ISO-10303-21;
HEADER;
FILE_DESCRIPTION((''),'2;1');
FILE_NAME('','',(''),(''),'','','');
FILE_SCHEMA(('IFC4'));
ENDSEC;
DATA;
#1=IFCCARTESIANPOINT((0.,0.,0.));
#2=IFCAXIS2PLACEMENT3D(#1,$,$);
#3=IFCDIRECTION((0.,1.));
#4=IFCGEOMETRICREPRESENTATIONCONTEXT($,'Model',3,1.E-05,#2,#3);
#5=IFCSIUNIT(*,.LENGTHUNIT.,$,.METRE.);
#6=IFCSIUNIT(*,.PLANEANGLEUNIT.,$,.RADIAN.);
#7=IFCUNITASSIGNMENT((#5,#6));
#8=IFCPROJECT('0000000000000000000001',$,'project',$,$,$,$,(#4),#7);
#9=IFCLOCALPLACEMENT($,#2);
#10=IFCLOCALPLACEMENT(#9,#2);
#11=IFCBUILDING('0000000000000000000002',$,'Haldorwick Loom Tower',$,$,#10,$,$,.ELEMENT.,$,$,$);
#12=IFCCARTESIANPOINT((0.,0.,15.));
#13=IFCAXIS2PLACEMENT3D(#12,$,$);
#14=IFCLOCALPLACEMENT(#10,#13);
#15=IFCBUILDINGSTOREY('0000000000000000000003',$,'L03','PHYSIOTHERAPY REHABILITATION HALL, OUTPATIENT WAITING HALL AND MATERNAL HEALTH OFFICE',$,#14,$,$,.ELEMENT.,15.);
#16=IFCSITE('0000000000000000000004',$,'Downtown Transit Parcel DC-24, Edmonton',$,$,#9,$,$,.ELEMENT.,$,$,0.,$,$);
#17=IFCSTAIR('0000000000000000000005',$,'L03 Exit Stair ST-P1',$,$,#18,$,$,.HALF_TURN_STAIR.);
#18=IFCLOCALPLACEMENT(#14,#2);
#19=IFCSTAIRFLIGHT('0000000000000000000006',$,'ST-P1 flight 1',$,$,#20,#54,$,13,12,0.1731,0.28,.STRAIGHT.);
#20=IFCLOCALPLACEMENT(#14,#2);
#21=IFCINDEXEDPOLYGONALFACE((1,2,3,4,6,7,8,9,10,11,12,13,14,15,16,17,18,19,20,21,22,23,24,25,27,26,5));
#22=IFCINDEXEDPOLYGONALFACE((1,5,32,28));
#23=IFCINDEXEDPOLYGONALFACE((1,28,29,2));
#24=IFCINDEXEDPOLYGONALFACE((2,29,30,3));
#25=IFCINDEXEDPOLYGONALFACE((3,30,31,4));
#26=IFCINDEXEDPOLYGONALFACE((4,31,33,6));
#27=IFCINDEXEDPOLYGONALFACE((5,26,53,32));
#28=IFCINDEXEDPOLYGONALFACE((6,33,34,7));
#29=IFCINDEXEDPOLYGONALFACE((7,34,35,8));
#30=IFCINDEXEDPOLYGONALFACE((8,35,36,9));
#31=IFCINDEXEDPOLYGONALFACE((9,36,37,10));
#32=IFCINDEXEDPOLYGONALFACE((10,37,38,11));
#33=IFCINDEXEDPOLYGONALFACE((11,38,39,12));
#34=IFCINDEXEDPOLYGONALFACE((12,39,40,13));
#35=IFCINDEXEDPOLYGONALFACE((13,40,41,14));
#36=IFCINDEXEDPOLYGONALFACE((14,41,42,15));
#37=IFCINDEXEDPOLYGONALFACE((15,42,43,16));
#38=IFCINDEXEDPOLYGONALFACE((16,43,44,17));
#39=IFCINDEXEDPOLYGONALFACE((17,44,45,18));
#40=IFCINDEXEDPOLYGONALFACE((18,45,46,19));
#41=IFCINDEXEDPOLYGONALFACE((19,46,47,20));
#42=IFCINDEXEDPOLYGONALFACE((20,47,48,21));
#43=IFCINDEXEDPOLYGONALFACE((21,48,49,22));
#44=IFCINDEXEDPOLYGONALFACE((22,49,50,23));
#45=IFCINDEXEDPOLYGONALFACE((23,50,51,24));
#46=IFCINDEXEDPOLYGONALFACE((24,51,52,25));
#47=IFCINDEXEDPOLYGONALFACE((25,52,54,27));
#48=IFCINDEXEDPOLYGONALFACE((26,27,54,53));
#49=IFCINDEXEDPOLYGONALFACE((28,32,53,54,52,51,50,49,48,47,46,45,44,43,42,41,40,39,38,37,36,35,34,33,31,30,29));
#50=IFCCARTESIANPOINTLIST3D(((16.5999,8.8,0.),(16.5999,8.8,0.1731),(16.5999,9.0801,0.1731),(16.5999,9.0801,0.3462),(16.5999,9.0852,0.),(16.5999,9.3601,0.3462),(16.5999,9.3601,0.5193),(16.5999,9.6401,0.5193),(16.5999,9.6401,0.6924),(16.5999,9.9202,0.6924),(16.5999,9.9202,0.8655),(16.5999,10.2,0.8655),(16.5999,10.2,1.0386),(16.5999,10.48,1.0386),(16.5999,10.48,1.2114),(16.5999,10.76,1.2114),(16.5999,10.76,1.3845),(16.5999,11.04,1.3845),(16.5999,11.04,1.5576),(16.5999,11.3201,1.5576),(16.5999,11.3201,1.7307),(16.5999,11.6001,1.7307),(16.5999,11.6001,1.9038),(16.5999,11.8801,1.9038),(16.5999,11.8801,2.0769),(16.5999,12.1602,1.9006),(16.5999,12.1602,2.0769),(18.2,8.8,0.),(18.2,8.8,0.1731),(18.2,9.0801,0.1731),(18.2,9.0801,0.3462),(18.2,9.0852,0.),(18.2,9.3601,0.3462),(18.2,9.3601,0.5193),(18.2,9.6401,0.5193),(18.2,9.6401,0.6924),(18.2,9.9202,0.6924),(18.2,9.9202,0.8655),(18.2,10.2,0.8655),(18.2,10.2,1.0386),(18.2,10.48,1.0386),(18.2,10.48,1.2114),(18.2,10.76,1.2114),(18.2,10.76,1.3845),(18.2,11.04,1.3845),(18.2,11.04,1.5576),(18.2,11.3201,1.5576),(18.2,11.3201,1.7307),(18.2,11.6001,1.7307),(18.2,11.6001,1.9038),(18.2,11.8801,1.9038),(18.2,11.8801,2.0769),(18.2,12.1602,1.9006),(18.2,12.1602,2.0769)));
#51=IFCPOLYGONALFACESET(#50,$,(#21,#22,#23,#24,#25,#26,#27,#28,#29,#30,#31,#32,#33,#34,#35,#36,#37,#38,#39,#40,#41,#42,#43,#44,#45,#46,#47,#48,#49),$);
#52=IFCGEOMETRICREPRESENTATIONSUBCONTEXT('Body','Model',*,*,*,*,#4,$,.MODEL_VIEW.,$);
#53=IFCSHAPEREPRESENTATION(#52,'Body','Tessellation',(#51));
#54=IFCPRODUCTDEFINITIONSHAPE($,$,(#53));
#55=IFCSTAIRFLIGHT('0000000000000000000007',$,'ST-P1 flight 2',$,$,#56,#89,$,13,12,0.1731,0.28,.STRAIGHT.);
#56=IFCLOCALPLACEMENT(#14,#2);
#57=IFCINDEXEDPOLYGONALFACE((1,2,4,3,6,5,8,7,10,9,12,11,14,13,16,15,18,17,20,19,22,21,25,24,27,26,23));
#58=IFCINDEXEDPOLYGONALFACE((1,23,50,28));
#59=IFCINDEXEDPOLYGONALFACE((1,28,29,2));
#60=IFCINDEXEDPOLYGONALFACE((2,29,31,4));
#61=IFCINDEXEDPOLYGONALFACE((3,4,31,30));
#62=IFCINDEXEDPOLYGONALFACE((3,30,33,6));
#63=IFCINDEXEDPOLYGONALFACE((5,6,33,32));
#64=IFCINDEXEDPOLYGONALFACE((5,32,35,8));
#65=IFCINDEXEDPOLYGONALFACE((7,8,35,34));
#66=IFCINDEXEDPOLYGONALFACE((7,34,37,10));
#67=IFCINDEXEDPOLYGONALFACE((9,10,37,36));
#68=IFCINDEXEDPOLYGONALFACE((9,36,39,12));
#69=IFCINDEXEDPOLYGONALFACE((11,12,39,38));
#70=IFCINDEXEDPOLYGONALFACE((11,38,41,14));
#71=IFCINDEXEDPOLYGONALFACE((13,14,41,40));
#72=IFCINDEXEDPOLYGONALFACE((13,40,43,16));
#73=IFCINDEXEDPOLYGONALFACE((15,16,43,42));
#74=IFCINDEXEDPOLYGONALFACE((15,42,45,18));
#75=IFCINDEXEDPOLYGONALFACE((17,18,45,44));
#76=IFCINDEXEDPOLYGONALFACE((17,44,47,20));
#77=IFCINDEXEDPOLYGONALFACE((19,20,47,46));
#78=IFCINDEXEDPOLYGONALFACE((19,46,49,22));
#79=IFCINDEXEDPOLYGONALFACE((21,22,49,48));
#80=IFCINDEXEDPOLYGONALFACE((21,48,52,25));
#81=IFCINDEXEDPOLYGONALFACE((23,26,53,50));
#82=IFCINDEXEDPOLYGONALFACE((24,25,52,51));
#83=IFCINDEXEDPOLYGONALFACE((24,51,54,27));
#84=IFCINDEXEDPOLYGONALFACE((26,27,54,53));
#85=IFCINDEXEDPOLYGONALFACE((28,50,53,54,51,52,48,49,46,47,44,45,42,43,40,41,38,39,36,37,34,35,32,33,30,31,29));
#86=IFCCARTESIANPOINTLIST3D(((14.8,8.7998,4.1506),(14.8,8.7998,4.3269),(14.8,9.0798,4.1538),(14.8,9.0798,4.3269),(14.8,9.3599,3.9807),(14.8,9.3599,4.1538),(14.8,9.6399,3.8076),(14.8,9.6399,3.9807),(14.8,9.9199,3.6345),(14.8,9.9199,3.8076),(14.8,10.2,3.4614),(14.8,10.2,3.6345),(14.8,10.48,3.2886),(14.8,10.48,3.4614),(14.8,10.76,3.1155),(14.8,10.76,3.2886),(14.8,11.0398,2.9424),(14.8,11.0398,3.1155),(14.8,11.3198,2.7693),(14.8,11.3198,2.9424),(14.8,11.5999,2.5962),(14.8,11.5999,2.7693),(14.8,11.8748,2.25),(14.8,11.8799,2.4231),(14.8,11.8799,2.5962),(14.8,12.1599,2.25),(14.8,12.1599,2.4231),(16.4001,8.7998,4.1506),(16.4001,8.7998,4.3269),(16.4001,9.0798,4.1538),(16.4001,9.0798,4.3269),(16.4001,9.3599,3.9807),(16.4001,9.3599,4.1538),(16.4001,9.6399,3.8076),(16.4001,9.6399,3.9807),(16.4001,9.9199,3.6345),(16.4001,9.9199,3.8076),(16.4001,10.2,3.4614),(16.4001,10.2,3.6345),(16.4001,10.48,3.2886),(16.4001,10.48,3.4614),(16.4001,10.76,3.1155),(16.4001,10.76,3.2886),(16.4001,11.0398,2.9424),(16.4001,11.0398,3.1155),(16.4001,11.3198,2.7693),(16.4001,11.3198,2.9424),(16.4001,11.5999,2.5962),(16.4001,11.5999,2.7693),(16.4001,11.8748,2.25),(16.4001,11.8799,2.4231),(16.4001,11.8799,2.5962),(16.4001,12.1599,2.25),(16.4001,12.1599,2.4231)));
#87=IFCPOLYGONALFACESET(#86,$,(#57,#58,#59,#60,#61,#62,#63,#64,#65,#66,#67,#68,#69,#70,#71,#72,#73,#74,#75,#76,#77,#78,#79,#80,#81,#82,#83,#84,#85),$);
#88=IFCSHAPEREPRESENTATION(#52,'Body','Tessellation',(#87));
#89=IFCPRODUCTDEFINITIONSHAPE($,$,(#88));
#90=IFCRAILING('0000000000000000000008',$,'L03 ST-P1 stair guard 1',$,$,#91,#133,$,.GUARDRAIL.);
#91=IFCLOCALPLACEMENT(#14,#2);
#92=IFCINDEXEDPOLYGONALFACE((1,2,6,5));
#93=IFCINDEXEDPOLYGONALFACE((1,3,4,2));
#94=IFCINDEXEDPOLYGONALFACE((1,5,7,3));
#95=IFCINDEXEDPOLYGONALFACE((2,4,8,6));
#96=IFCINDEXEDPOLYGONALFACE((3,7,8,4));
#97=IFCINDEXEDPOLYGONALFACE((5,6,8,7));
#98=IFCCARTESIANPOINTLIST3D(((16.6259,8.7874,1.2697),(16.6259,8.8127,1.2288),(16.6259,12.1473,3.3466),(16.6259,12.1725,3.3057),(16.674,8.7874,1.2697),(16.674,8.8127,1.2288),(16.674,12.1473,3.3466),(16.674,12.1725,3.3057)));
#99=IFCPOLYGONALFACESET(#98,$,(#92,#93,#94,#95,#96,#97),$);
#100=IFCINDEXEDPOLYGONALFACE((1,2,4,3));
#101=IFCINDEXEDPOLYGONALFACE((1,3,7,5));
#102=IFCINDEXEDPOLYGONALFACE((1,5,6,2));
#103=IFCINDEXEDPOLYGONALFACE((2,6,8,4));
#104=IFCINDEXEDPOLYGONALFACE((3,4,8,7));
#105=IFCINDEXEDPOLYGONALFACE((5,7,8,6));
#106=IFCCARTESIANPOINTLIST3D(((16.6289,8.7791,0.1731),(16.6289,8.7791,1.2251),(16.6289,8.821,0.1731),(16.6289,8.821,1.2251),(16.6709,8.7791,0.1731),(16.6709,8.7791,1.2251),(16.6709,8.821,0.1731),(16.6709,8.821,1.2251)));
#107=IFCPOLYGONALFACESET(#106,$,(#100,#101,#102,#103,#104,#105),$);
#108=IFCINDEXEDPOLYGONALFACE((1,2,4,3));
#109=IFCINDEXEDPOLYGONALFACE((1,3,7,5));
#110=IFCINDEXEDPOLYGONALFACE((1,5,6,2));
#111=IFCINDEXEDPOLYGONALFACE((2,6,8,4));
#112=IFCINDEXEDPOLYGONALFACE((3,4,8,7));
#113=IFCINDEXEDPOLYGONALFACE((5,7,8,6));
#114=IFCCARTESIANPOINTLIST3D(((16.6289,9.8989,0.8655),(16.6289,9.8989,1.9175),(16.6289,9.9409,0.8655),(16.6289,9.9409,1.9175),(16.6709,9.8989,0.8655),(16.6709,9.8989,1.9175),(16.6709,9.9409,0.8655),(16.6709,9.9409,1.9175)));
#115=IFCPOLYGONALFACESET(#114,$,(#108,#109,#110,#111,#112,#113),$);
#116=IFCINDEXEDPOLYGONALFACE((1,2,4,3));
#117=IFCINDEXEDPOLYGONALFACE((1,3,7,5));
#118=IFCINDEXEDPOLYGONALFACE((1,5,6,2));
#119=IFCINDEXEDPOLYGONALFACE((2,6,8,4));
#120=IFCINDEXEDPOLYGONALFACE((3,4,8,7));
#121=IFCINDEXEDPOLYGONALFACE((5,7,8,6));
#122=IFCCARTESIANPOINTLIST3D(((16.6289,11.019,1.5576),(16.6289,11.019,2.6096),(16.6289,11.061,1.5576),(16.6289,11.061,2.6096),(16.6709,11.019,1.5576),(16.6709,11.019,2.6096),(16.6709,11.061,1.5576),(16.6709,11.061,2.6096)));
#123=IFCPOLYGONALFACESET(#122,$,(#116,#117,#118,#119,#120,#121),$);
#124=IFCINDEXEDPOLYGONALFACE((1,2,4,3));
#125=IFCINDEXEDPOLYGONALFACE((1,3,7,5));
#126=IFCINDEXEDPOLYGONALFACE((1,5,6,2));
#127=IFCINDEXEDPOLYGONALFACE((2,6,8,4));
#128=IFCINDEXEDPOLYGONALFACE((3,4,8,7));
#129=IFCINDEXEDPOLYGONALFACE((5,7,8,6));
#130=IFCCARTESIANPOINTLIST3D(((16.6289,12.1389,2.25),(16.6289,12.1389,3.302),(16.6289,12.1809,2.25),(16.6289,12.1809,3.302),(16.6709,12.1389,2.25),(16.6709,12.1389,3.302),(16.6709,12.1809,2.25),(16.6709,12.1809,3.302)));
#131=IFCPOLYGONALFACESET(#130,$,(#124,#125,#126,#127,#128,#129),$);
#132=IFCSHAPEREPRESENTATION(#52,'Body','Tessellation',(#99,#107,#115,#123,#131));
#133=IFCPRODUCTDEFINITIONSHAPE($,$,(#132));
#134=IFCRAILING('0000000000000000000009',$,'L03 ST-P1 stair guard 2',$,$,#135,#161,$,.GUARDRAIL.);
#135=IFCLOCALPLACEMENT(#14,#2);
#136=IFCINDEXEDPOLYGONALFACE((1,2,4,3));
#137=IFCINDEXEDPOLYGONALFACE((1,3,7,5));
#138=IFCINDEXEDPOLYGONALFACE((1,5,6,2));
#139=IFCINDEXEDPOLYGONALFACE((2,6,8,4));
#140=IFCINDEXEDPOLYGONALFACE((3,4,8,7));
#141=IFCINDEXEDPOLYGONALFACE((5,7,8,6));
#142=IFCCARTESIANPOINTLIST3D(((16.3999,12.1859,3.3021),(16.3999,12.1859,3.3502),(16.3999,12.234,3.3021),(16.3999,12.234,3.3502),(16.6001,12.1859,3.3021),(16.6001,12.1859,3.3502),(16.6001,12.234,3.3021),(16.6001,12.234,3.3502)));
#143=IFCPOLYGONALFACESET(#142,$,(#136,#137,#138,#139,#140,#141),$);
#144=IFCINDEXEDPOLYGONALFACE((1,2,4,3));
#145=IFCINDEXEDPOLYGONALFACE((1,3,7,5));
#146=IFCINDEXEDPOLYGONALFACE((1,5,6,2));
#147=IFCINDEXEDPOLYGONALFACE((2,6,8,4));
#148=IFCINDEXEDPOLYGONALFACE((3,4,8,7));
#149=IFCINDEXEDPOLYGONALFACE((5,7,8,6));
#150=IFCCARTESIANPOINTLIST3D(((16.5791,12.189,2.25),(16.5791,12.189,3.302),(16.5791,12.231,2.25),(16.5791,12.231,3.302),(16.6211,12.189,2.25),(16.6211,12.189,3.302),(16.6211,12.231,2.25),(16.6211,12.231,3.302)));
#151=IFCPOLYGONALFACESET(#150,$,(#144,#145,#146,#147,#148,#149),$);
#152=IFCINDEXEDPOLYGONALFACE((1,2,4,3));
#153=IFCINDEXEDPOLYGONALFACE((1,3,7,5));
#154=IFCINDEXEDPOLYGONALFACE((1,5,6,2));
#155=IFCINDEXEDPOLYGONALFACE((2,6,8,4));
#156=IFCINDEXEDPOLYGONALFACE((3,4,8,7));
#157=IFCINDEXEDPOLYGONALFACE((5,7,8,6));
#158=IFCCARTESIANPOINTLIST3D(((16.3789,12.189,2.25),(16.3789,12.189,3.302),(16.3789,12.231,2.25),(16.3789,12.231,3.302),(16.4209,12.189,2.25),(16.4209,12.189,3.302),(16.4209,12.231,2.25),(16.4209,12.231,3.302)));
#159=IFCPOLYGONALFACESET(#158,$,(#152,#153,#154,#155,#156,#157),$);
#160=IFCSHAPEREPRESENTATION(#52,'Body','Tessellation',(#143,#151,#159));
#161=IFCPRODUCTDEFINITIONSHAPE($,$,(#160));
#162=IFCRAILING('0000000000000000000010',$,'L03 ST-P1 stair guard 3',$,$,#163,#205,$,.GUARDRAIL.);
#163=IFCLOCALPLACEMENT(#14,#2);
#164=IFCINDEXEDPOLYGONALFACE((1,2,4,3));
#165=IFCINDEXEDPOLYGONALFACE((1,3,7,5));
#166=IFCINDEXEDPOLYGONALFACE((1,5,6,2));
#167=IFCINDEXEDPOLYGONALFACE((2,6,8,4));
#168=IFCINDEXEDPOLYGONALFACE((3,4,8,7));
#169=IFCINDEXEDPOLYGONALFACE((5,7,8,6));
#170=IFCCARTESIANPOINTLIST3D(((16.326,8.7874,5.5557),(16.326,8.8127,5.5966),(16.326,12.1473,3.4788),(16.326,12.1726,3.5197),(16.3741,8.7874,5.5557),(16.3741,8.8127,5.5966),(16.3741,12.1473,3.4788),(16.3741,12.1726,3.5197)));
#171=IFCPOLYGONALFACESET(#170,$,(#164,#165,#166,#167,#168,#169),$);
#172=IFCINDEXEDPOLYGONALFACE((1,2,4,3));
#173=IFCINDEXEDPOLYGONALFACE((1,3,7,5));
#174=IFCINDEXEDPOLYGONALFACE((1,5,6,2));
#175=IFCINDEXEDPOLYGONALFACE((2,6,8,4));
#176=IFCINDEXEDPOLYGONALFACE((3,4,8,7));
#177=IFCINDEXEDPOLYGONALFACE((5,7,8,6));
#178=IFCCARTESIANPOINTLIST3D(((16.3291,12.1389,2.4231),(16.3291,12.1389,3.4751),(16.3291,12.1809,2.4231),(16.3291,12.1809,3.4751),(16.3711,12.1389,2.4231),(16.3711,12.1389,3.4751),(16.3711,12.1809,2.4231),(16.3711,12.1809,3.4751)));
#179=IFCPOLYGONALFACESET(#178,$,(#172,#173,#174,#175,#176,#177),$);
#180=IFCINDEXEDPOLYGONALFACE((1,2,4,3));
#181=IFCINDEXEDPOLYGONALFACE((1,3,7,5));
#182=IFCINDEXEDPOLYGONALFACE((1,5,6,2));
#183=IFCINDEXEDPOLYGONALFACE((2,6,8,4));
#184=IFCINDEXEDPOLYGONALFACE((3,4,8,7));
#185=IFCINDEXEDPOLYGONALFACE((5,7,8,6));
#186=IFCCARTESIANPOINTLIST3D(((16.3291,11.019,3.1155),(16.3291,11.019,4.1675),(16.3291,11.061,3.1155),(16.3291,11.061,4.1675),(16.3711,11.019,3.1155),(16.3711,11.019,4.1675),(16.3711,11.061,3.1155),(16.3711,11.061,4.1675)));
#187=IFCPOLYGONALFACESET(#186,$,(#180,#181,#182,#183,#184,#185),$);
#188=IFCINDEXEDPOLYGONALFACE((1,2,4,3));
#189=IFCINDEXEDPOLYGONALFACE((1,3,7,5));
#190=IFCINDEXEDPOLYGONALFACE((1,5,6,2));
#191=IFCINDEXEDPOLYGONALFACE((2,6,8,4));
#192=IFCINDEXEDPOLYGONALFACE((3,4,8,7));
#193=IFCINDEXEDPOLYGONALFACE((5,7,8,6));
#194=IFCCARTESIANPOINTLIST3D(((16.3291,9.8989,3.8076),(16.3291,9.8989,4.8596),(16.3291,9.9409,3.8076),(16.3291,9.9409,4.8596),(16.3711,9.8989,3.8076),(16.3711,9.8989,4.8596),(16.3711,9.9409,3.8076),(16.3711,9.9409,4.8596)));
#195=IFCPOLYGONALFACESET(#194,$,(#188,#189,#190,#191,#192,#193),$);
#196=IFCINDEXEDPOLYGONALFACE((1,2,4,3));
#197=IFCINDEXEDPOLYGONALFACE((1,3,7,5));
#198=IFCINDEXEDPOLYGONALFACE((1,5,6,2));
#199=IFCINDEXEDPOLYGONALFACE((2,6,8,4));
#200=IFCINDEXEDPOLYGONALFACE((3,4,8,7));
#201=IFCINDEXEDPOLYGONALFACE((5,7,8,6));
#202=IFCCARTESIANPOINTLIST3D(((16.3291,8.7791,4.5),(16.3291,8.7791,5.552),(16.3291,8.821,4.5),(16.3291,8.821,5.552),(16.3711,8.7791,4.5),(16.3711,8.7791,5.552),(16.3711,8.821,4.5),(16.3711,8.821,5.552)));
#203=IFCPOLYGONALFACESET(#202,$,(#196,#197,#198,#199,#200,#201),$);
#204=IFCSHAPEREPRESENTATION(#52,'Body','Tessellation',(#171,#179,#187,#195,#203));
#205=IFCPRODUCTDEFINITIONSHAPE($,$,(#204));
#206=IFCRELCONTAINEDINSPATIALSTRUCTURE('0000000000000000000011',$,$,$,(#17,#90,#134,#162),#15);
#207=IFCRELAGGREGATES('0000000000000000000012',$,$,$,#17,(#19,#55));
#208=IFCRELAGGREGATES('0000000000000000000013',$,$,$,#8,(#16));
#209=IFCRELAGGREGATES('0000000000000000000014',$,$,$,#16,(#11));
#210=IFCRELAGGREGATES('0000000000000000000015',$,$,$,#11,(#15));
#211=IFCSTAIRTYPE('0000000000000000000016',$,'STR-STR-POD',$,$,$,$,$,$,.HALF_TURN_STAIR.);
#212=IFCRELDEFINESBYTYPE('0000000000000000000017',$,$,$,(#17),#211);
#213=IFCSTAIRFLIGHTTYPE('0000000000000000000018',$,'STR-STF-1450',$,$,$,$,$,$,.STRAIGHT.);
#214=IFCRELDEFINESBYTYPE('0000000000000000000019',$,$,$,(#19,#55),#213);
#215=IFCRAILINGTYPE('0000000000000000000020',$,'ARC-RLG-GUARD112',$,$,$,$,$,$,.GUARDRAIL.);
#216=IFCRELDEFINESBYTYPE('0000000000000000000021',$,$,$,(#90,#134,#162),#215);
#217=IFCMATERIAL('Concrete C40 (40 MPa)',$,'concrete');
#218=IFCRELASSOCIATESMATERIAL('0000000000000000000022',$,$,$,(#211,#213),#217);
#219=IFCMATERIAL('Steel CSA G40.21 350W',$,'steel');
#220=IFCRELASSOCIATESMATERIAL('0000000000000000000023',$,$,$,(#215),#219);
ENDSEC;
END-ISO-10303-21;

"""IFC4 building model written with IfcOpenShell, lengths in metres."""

from ifc_helpers import new_model, si_unit, direction, frame, origin, origin_2d, place, context, subcontext, project, spatial, polyline, rectangle, outline, extrude, material, type_object, element, aggregate, save


model = new_model("IFC4")

# Units and contexts
model_context = context("Model", 3, precision=1e-05, world=origin(), true_north=direction((0.0, 1.0)))
body_context = subcontext(model_context, "Body", "Model", "MODEL_VIEW")
ifc_project = project(units=[si_unit("LENGTHUNIT", "METRE"), si_unit("PLANEANGLEUNIT", "RADIAN")], contexts=[model_context])

# Site, building, storey
site_placement = place(None, origin())
site = spatial("IfcSite", under=ifc_project, at=site_placement, Name="Downtown Transit Parcel DC-24, Edmonton", CompositionType="ELEMENT", RefElevation=0.0)
building_placement = place(site_placement, origin())
building = spatial("IfcBuilding", under=site, at=building_placement, Name="Haldorwick Loom Tower", CompositionType="ELEMENT")
storey_placement = place(building_placement, frame((0.0, 0.0, 15.0)))
storey = spatial("IfcBuildingStorey", under=building, at=storey_placement, Name="L03", Description="PHYSIOTHERAPY REHABILITATION HALL, OUTPATIENT WAITING HALL AND MATERNAL HEALTH OFFICE", CompositionType="ELEMENT", Elevation=15.0)

# Shared definitions
ifc_material_1 = material(Name="Steel CSA G40.21 350W", Category="steel")

# Stair, stair flights
ifc_material_2 = material(Name="Concrete C40 (40 MPa)", Category="concrete")
stair_type = type_object("IfcStairType", Name="STR-STR-POD", PredefinedType="HALF_TURN_STAIR", material=ifc_material_2)
stair_placement = place(storey_placement, origin())
stair = element("IfcStair", 1, at=stair_placement, inside=storey, type_object=stair_type, Name="L03 Exit Stair ST-P1", PredefinedType="HALF_TURN_STAIR")
stair_flight_type = type_object("IfcStairFlightType", Name="STR-STF-1450", PredefinedType="STRAIGHT", material=ifc_material_2)
stair_flight_1_placement = place(storey_placement, frame((17.3999, 8.8, 0.0), z_axis=(0.0, 0.0, 1.0), x_axis=(0.0, 1.0, 0.0)))
stair_flight_1 = element("IfcStairFlight", 2, at=stair_flight_1_placement, type_object=stair_flight_type, Name="ST-P1 flight 1", NumberOfRisers=13, NumberOfTreads=12, PredefinedType="STRAIGHT", RiserHeight=0.1731, TreadLength=0.28, context=body_context, shape_type="SweptSolid", body=[
    extrude(outline(polyline([(0.0, 0.0), (0.0, 0.1731), (0.28, 0.1731), (0.28, 0.3462), (0.5601, 0.3462), (0.5601, 0.5193), (0.8401, 0.5193), (0.8401, 0.6924), (1.1201, 0.6924), (1.1201, 0.8655), (1.3999, 0.8655), (1.3999, 1.0386), (1.6799, 1.0386), (1.6799, 1.2114), (1.96, 1.2114), (1.96, 1.3845), (2.24, 1.3845), (2.24, 1.5576), (2.52, 1.5576), (2.52, 1.7307), (2.8, 1.7307), (2.8, 1.9038), (3.0801, 1.9038), (3.0801, 2.0769), (3.3601, 2.0769), (3.3601, 2.25), (3.3601, 1.9006), (0.2852, 0.0), (0.0, 0.0)])), frame((0.0, 0.8, 0.0), z_axis=(0.0, -1.0, 0.0), x_axis=(1.0, 0.0, 0.0)), (0.0, 0.0, 1.0), 1.6001),
])
stair_flight_2_placement = place(storey_placement, frame((15.6001, 12.1599, 2.25), z_axis=(0.0, 0.0, 1.0), x_axis=(0.0, -1.0, 0.0)))
stair_flight_2 = element("IfcStairFlight", 3, at=stair_flight_2_placement, type_object=stair_flight_type, Name="ST-P1 flight 2", NumberOfRisers=13, NumberOfTreads=12, PredefinedType="STRAIGHT", RiserHeight=0.1731, TreadLength=0.28, context=body_context, shape_type="SweptSolid", body=[
    extrude(outline(polyline([(0.0, 0.0), (0.0, 0.1731), (0.28, 0.1731), (0.28, 0.3462), (0.5601, 0.3462), (0.5601, 0.5193), (0.8401, 0.5193), (0.8401, 0.6924), (1.1201, 0.6924), (1.1201, 0.8655), (1.3999, 0.8655), (1.3999, 1.0386), (1.6799, 1.0386), (1.6799, 1.2114), (1.96, 1.2114), (1.96, 1.3845), (2.24, 1.3845), (2.24, 1.5576), (2.52, 1.5576), (2.52, 1.7307), (2.8, 1.7307), (2.8, 1.9038), (3.0801, 1.9038), (3.0801, 2.0769), (3.3601, 2.0769), (3.3601, 2.25), (3.3601, 1.9006), (0.2852, 0.0), (0.0, 0.0)])), frame((0.0, 0.8, 0.0), z_axis=(0.0, -1.0, 0.0), x_axis=(1.0, 0.0, 0.0)), (0.0, 0.0, 1.0), 1.6001),
])
aggregate(stair, [stair_flight_1, stair_flight_2])

# Railings
railing_type_1 = type_object("IfcRailingType", Name="ARC-RLG-GUARD112", PredefinedType="GUARDRAIL", material=ifc_material_1)
railing_1_placement = place(storey_placement, frame((16.6499, 8.8, 0.1731)))
element("IfcRailing", 4, at=railing_1_placement, inside=storey, type_object=railing_type_1, Name="L03 ST-P1 stair guard 1", PredefinedType="GUARDRAIL", context=body_context, shape_type="SweptSolid", body=[
    extrude(rectangle(XDim=0.0481, YDim=0.0481, at=origin_2d()), frame((0.0, 0.0, 1.0762), z_axis=(0.0, 0.850606, 0.525803), x_axis=(-1.0, 0.0, 0.0)), (0.0, 0.0, 1.0), 3.95),
    extrude(rectangle(XDim=0.042, YDim=0.042, at=origin_2d()), origin(), (0.0, 0.0, 1.0), 1.052),
    extrude(rectangle(XDim=0.042, YDim=0.042, at=origin_2d()), frame((0.0, 1.1199, 0.6924)), (0.0, 0.0, 1.0), 1.052),
    extrude(rectangle(XDim=0.042, YDim=0.042, at=origin_2d()), frame((0.0, 2.24, 1.3845)), (0.0, 0.0, 1.0), 1.052),
    extrude(rectangle(XDim=0.042, YDim=0.042, at=origin_2d()), frame((0.0, 3.3599, 2.0769)), (0.0, 0.0, 1.0), 1.052),
])
railing_2_placement = place(storey_placement, frame((16.6001, 12.21, 2.25)))
element("IfcRailing", 5, at=railing_2_placement, inside=storey, type_object=railing_type_1, Name="L03 ST-P1 stair guard 2", PredefinedType="GUARDRAIL", context=body_context, shape_type="SweptSolid", body=[
    extrude(rectangle(XDim=0.0481, YDim=0.0481, at=origin_2d()), frame((0.0, 0.0, 1.0762), z_axis=(-1.0, 0.0, 0.0), x_axis=(0.0, -1.0, 0.0)), (0.0, 0.0, 1.0), 0.2002),
    extrude(rectangle(XDim=0.042, YDim=0.042, at=origin_2d()), origin(), (0.0, 0.0, 1.0), 1.052),
    extrude(rectangle(XDim=0.042, YDim=0.042, at=origin_2d()), frame((-0.2002, 0.0, 0.0)), (0.0, 0.0, 1.0), 1.052),
])
railing_3_placement = place(storey_placement, frame((16.3501, 12.1599, 2.4231)))
element("IfcRailing", 6, at=railing_3_placement, inside=storey, type_object=railing_type_1, Name="L03 ST-P1 stair guard 3", PredefinedType="GUARDRAIL", context=body_context, shape_type="SweptSolid", body=[
    extrude(rectangle(XDim=0.0481, YDim=0.0481, at=origin_2d()), frame((0.0, 0.0, 1.0762), z_axis=(0.0, -0.850606, 0.525803), x_axis=(1.0, 0.0, 0.0)), (0.0, 0.0, 1.0), 3.95),
    extrude(rectangle(XDim=0.042, YDim=0.042, at=origin_2d()), origin(), (0.0, 0.0, 1.0), 1.052),
    extrude(rectangle(XDim=0.042, YDim=0.042, at=origin_2d()), frame((0.0, -1.1199, 0.6924)), (0.0, 0.0, 1.0), 1.052),
    extrude(rectangle(XDim=0.042, YDim=0.042, at=origin_2d()), frame((0.0, -2.24, 1.3845)), (0.0, 0.0, 1.0), 1.052),
    extrude(rectangle(XDim=0.042, YDim=0.042, at=origin_2d()), frame((0.0, -3.3599, 2.0769)), (0.0, 0.0, 1.0), 1.052),
])

save(model, "model.ifc")
